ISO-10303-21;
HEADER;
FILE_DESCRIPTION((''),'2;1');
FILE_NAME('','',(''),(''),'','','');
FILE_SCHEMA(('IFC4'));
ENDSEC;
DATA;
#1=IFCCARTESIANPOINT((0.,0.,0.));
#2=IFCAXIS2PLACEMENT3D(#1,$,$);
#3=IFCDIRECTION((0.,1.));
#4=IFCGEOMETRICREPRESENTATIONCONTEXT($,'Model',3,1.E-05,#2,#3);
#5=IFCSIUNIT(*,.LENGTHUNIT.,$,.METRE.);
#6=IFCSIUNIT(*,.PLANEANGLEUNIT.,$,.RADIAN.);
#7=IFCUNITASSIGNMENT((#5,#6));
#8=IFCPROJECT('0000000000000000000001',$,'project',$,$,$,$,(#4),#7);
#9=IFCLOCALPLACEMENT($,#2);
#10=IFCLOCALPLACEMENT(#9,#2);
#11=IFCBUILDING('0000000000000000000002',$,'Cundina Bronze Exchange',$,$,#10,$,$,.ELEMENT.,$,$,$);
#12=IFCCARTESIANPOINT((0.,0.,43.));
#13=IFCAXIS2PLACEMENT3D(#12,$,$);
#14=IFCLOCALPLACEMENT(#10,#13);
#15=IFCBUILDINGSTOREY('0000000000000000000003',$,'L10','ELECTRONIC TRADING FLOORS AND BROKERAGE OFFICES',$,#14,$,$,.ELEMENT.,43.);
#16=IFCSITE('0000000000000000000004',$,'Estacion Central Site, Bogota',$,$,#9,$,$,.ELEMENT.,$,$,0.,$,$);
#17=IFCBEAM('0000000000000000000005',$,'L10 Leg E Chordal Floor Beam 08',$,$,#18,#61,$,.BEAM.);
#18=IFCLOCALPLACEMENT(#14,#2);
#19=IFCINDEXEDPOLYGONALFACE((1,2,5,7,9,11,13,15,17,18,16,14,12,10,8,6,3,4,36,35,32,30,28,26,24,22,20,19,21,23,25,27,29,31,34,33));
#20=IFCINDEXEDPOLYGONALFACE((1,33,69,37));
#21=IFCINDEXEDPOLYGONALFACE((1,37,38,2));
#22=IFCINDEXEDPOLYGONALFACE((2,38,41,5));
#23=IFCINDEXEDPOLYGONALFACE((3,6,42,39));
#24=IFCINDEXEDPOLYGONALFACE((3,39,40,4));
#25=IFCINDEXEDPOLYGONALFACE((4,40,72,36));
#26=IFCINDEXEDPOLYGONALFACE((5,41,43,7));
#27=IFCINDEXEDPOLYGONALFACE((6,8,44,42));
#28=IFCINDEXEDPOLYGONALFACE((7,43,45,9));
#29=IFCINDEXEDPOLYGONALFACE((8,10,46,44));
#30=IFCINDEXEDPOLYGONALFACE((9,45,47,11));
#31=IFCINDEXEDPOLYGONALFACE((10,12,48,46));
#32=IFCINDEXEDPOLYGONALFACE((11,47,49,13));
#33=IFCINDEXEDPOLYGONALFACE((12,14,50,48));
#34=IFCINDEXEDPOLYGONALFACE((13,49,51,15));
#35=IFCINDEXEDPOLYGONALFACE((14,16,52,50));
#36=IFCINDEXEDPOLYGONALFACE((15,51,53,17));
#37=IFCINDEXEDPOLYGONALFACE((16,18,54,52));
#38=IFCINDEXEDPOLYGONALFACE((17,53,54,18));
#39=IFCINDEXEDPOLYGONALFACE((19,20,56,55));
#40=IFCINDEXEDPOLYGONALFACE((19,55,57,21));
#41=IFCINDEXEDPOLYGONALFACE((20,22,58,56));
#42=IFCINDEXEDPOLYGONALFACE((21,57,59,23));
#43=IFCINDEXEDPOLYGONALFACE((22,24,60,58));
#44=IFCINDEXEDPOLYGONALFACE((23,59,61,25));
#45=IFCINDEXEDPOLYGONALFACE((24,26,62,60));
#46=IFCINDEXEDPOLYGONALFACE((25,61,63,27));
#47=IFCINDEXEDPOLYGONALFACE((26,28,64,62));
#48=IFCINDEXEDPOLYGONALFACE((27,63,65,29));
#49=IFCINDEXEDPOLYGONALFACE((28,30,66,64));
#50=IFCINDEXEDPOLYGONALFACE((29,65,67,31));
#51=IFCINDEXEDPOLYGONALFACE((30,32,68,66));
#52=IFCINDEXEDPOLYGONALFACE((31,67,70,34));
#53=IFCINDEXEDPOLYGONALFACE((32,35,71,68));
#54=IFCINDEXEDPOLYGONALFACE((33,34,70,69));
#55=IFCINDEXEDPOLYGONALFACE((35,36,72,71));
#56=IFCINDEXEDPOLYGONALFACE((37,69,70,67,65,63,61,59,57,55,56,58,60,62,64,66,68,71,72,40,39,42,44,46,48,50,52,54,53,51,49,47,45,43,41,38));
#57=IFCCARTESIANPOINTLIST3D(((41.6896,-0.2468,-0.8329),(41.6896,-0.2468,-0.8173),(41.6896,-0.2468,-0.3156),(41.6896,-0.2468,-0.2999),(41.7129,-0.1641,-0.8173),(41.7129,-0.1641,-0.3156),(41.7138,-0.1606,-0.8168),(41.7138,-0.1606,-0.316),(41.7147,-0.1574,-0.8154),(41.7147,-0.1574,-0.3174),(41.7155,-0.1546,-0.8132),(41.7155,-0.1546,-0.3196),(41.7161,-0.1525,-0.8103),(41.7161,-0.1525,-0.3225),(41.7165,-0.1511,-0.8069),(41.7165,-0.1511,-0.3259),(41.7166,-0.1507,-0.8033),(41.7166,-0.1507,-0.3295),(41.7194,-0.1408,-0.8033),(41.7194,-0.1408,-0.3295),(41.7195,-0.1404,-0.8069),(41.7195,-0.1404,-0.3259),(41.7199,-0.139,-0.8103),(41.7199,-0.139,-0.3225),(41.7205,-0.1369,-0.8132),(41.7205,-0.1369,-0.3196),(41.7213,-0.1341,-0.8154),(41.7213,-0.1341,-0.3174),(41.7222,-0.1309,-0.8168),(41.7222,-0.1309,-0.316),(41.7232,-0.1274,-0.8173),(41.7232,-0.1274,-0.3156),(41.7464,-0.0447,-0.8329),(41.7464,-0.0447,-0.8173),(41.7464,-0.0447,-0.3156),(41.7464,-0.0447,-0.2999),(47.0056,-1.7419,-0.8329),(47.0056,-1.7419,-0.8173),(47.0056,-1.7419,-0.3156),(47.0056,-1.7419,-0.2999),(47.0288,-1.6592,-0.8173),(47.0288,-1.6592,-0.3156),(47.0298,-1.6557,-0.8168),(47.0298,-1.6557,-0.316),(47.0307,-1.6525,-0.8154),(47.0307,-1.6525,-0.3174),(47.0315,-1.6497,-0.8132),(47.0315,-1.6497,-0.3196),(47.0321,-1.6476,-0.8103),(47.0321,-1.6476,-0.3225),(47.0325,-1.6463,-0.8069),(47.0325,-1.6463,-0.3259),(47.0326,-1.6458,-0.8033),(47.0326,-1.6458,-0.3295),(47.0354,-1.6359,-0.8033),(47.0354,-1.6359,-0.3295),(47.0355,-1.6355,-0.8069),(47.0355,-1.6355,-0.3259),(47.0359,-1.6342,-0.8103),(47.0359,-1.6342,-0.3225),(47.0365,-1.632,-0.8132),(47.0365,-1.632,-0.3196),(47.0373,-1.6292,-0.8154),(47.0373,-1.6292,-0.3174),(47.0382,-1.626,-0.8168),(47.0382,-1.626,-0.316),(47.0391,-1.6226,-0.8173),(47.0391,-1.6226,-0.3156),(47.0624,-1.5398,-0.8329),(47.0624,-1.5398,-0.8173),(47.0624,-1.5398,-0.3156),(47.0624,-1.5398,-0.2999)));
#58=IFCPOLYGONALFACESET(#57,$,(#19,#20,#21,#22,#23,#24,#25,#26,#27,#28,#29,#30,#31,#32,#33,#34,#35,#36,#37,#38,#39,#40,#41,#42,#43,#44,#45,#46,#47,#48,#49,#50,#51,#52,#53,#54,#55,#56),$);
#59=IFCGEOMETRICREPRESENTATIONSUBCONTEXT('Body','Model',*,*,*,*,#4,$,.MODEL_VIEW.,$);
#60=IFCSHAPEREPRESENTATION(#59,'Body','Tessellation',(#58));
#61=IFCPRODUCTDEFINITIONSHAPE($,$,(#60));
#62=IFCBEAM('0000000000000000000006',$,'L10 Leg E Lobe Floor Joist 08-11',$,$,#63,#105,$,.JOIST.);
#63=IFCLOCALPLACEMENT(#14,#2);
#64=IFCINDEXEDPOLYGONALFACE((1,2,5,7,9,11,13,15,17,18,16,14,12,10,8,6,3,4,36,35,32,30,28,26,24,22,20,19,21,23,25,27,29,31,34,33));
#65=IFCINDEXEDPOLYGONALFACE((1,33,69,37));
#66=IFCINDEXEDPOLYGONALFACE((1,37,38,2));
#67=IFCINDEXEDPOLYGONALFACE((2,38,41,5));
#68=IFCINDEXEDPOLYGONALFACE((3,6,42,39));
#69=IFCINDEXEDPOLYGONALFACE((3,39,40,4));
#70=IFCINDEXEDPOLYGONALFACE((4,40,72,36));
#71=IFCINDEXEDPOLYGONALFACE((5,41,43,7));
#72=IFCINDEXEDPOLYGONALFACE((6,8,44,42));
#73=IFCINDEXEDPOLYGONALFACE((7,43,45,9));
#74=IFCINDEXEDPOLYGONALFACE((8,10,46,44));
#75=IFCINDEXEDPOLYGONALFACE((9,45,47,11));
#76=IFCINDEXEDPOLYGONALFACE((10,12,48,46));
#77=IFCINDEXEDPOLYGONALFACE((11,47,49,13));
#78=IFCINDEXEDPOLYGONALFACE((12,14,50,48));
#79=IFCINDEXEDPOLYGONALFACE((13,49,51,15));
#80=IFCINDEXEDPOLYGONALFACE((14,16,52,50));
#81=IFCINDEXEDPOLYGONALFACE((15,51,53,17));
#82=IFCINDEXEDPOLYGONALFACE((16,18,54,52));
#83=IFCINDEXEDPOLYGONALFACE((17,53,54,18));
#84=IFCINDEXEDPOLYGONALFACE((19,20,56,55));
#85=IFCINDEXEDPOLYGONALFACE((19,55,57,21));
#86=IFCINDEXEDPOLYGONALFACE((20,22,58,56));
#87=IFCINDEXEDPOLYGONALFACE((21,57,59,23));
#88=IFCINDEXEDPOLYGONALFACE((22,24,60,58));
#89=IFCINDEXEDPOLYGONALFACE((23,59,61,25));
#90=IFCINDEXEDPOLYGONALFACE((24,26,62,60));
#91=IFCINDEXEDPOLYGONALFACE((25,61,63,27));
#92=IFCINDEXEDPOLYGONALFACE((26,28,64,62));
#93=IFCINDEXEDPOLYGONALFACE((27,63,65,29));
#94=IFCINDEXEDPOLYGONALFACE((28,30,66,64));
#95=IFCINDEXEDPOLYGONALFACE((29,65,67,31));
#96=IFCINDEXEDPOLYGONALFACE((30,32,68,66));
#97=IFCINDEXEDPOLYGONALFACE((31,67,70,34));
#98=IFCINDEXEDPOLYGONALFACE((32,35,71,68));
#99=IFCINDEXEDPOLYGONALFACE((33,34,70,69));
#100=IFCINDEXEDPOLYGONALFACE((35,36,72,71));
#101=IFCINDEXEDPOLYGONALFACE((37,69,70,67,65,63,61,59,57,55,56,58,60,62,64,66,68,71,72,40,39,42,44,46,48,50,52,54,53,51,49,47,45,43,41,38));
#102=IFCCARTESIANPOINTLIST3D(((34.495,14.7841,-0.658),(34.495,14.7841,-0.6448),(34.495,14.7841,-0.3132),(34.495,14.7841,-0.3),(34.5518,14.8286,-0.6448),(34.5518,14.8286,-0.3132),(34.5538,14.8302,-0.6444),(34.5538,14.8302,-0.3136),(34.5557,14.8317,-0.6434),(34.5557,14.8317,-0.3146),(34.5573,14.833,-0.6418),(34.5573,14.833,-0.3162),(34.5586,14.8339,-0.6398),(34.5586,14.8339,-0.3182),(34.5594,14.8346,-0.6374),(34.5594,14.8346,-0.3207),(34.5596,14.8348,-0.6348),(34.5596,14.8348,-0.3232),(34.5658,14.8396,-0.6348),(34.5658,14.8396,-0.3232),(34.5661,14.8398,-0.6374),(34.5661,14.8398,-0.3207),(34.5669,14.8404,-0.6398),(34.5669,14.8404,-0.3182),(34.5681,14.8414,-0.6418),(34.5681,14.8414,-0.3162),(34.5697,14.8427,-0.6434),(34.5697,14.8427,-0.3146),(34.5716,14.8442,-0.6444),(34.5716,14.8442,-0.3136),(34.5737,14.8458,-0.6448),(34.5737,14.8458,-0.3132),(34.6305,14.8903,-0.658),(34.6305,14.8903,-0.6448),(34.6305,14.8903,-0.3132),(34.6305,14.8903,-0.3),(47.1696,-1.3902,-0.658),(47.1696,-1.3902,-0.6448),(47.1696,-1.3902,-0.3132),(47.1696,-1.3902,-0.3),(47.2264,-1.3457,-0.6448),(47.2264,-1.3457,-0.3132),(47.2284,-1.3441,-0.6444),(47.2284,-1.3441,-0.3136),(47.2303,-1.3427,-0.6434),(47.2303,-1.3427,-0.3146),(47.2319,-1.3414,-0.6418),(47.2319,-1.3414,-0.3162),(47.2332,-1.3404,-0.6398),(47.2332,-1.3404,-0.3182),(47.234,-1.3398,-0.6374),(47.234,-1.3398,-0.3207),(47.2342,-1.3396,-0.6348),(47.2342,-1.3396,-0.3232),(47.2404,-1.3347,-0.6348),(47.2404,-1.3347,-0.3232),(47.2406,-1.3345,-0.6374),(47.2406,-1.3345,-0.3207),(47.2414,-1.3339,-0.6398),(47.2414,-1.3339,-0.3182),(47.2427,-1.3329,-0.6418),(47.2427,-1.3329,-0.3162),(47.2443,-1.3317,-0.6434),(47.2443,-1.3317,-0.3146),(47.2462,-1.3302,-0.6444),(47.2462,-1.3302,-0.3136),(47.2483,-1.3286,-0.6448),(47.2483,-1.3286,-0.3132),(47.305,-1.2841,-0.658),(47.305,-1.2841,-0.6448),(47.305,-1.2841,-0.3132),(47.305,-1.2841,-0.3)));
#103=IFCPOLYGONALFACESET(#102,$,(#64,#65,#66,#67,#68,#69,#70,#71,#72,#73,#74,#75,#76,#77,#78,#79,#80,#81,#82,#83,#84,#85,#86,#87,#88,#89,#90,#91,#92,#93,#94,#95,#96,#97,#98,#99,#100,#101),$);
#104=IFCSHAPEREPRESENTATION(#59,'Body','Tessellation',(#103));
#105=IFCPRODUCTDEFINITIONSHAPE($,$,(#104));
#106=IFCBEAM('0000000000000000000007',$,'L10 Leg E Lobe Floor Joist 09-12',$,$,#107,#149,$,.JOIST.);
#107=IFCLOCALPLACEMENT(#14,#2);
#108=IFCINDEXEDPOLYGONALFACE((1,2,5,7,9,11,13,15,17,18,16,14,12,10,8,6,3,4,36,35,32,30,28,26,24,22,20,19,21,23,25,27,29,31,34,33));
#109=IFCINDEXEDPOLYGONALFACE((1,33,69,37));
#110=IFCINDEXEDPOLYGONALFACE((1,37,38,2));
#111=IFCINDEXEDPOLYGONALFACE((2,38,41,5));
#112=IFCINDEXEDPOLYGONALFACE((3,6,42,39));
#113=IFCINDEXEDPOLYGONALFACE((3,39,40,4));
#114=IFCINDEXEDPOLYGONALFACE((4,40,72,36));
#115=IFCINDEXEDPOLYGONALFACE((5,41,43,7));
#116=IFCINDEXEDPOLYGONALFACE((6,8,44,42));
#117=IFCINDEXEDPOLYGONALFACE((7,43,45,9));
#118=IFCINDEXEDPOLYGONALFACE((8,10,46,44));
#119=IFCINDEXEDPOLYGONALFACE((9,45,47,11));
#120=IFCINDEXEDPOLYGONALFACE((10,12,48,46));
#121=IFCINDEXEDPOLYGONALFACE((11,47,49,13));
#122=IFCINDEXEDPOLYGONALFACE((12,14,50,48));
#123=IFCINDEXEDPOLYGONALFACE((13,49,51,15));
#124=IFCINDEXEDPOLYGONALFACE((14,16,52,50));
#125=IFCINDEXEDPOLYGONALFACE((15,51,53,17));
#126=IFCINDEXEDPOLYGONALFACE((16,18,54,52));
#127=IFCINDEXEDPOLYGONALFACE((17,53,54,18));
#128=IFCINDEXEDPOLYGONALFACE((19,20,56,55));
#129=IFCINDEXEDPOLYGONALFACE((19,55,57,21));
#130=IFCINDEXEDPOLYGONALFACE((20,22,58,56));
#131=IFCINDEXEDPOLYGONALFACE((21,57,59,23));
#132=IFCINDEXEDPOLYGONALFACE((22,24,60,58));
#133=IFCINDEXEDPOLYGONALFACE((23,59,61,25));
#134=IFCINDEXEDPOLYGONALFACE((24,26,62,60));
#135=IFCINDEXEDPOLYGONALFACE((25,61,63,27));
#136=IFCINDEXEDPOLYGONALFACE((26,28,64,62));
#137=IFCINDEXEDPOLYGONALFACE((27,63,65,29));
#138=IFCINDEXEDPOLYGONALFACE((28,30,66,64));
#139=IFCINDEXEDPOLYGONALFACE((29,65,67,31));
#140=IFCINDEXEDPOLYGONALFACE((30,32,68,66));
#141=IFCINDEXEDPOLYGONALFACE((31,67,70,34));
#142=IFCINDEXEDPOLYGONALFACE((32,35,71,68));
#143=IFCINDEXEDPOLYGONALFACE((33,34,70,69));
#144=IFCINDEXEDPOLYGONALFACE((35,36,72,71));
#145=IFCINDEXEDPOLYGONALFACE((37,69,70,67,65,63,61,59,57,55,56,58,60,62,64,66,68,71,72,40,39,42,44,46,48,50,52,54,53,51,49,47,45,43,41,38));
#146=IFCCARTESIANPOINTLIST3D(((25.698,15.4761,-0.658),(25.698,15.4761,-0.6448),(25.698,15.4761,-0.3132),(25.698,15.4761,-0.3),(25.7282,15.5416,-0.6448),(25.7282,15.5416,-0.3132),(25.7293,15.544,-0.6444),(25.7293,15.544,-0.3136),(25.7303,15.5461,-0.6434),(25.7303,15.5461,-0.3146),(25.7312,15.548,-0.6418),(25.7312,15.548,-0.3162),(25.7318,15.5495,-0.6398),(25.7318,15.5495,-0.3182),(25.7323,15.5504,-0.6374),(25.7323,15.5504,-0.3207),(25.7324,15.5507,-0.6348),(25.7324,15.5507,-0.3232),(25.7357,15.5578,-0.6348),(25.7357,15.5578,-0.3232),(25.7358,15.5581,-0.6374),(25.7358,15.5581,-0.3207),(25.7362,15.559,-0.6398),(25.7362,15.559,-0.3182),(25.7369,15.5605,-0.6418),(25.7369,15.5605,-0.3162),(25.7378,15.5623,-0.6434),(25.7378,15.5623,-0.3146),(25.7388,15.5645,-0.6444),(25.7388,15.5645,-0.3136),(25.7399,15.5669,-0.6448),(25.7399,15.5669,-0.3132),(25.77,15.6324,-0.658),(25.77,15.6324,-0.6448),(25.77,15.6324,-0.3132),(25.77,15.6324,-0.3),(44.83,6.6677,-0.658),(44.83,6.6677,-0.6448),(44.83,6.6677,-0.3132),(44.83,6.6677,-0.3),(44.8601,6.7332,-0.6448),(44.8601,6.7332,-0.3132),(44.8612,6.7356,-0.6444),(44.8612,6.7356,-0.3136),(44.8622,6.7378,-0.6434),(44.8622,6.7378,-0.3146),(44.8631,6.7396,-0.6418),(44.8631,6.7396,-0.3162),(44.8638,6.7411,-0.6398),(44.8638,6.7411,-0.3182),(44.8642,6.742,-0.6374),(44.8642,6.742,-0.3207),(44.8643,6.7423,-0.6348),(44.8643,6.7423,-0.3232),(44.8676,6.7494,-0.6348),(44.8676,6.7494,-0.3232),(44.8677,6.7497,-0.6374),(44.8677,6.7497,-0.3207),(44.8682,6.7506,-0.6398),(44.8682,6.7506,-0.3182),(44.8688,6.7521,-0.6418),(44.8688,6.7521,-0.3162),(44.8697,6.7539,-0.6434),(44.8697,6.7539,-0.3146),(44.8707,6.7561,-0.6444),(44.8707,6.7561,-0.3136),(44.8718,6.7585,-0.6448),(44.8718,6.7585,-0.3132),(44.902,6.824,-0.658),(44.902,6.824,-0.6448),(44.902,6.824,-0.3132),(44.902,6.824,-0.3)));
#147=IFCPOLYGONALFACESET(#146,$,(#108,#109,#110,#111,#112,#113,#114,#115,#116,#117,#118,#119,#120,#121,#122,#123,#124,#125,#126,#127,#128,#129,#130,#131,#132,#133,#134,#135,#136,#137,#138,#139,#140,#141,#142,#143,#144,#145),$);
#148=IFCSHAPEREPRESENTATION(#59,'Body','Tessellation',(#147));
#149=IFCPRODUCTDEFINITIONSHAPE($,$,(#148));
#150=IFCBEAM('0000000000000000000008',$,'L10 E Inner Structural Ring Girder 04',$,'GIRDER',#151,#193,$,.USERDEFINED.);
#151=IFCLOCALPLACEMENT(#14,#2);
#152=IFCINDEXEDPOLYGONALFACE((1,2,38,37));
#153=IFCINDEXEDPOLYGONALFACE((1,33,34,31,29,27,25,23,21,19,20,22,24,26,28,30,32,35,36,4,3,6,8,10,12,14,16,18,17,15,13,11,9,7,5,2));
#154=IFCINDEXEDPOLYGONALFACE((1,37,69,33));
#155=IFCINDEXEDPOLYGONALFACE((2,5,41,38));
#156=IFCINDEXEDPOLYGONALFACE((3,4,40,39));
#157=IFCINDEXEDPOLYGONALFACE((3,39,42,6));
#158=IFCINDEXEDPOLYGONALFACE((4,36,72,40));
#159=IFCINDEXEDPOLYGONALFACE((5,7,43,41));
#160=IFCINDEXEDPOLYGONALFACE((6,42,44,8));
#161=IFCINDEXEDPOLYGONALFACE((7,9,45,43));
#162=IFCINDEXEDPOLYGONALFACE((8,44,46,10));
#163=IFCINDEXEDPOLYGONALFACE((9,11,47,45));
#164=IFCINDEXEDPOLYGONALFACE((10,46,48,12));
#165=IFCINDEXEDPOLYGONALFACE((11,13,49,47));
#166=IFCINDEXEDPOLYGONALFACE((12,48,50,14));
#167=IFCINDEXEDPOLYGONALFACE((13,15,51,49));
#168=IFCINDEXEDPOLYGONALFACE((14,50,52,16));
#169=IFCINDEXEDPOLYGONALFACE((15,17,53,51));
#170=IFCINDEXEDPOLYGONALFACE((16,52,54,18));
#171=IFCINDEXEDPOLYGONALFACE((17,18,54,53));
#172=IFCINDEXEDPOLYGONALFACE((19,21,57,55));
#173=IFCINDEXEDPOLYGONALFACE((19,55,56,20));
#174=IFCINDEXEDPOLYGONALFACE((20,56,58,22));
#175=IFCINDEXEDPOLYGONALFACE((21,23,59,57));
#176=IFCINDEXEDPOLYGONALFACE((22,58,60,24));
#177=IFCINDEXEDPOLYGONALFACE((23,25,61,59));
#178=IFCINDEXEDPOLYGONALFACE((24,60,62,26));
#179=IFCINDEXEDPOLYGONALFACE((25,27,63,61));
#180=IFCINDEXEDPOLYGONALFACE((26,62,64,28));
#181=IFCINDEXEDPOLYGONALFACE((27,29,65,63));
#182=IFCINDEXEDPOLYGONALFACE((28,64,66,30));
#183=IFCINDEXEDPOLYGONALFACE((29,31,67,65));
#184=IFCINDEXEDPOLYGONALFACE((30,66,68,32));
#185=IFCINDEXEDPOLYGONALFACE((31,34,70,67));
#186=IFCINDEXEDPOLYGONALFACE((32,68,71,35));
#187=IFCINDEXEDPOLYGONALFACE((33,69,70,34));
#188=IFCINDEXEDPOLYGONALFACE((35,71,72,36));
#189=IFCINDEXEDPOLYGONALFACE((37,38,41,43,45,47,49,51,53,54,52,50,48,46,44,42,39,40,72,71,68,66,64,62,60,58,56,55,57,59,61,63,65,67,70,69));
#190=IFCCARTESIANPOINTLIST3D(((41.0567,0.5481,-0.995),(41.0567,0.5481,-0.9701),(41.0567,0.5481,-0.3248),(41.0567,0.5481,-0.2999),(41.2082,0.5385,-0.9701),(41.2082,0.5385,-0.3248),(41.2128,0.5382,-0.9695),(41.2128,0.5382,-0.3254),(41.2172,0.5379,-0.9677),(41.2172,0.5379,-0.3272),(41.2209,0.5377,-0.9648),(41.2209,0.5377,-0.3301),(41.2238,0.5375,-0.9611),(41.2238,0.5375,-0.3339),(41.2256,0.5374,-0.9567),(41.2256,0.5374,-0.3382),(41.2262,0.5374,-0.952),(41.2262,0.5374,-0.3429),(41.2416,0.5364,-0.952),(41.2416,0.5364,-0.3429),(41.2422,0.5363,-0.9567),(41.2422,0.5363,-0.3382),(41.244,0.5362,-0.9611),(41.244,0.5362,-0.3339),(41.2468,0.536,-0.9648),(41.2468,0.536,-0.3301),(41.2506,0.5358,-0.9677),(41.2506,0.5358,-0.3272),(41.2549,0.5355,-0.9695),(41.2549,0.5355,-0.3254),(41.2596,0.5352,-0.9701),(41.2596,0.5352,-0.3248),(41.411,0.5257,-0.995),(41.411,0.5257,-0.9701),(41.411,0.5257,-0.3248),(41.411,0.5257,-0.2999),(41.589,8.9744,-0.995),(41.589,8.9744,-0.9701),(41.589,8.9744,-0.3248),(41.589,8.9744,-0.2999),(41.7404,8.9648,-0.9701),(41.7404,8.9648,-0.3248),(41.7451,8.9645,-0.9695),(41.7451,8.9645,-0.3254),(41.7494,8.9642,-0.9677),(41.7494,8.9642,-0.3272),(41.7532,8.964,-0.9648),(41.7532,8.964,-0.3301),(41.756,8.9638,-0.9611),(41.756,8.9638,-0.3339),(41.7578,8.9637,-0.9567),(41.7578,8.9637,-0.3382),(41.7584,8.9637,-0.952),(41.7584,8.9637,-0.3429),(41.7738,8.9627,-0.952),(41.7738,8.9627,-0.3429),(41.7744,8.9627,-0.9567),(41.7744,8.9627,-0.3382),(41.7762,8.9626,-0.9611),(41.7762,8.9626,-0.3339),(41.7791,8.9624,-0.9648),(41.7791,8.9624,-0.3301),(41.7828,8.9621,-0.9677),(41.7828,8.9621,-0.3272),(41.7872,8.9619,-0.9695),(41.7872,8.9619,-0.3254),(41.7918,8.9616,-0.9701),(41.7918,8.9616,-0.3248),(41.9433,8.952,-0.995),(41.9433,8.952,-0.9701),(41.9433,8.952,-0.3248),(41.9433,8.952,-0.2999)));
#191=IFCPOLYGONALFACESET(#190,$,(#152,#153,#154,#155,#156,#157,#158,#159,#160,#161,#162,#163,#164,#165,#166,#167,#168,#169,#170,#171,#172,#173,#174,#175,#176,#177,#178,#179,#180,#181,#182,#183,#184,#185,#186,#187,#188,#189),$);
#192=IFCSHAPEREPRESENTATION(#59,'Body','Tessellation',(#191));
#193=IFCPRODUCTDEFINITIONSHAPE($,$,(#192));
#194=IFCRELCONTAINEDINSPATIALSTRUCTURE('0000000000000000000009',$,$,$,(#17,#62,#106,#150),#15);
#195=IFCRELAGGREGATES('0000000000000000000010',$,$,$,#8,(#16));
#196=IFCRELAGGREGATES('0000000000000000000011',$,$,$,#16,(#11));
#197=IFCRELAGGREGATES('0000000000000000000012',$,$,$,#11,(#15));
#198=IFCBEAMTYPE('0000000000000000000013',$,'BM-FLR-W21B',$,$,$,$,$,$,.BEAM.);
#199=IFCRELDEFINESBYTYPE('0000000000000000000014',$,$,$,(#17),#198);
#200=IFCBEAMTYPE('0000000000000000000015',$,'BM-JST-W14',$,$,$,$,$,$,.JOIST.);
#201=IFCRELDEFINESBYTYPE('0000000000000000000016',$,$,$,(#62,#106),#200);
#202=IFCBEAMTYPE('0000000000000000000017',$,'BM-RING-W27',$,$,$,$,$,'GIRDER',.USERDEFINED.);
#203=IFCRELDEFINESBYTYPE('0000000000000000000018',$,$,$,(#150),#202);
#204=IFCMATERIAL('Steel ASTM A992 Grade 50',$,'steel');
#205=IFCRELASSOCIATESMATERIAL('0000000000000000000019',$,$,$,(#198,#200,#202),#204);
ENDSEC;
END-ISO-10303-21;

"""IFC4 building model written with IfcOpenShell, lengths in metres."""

from ifc_helpers import new_model, si_unit, direction, frame, origin, origin_2d, place, context, subcontext, project, spatial, i_section, extrude, material, material_profile, profile_set, type_object, element, save


model = new_model("IFC4")

# Units and contexts
model_context = context("Model", 3, precision=1e-05, world=origin(), true_north=direction((0.0, 1.0)))
body_context = subcontext(model_context, "Body", "Model", "MODEL_VIEW")
ifc_project = project(units=[si_unit("LENGTHUNIT", "METRE"), si_unit("PLANEANGLEUNIT", "RADIAN")], contexts=[model_context])

# Site, building, storey
site_placement = place(None, origin())
site = spatial("IfcSite", under=ifc_project, at=site_placement, Name="Estacion Central Site, Bogota", CompositionType="ELEMENT", RefElevation=0.0)
building_placement = place(site_placement, origin())
building = spatial("IfcBuilding", under=site, at=building_placement, Name="Cundina Bronze Exchange", CompositionType="ELEMENT")
storey_placement = place(building_placement, frame((0.0, 0.0, 43.0)))
storey = spatial("IfcBuildingStorey", under=building, at=storey_placement, Name="L10", Description="ELECTRONIC TRADING FLOORS AND BROKERAGE OFFICES", CompositionType="ELEMENT", Elevation=43.0)

# Shared definitions
ifc_material_1 = material(Name="Steel ASTM A992 Grade 50", Category="steel")

# Beams
ifc_material_profile_1 = material_profile(ifc_material_1, i_section(OverallWidth=0.21, OverallDepth=0.533, WebThickness=0.0103, FlangeThickness=0.0156, FilletRadius=0.0139, at=origin_2d()), Name="W21X62", Category="steel")
ifc_profile_set_1 = profile_set([ifc_material_profile_1], Name="Steel ASTM A992 Grade 50")
beam_type_1 = type_object("IfcBeamType", Name="BM-FLR-W21B", PredefinedType="BEAM", material=ifc_profile_set_1)
beam_1_placement = place(storey_placement, frame((41.718, -0.1458, -0.5664), z_axis=(0.96265, -0.270748, 0.0), x_axis=(0.270748, 0.96265, 0.0)))
element("IfcBeam", 1, at=beam_1_placement, inside=storey, type_object=beam_type_1, Name="L10 Leg E Chordal Floor Beam 08", PredefinedType="BEAM", context=body_context, shape_type="SweptSolid", body=[
    extrude(i_section(OverallWidth=0.21, OverallDepth=0.533, WebThickness=0.0103, FlangeThickness=0.0156, FilletRadius=0.0139, at=origin_2d()), origin(), (0.0, 0.0, 1.0), 5.5222),
])
ifc_material_profile_2 = material_profile(ifc_material_1, i_section(OverallWidth=0.1721, OverallDepth=0.3579, WebThickness=0.0078, FlangeThickness=0.0132, FilletRadius=0.01, at=origin_2d()), Name="W14X38", Category="steel")
ifc_profile_set_2 = profile_set([ifc_material_profile_2], Name="Steel ASTM A992 Grade 50")
beam_type_2 = type_object("IfcBeamType", Name="BM-JST-W14", PredefinedType="JOIST", material=ifc_profile_set_2)
beam_2_placement = place(storey_placement, frame((47.2373, -1.3372, -0.479), z_axis=(-0.616803, 0.787117, 0.0), x_axis=(-0.787117, -0.616803, 0.0)))
element("IfcBeam", 2, at=beam_2_placement, inside=storey, type_object=beam_type_2, Name="L10 Leg E Lobe Floor Joist 08-11", PredefinedType="JOIST", context=body_context, shape_type="SweptSolid", body=[
    extrude(i_section(OverallWidth=0.1721, OverallDepth=0.3579, WebThickness=0.0078, FlangeThickness=0.0132, FilletRadius=0.01, at=origin_2d()), origin(), (0.0, 0.0, 1.0), 20.5488),
])
beam_3_placement = place(storey_placement, frame((44.866, 6.7458, -0.479), z_axis=(-0.908352, 0.418208, 0.0), x_axis=(-0.418208, -0.908352, 0.0)))
element("IfcBeam", 3, at=beam_3_placement, inside=storey, type_object=beam_type_2, Name="L10 Leg E Lobe Floor Joist 09-12", PredefinedType="JOIST", context=body_context, shape_type="SweptSolid", body=[
    extrude(i_section(OverallWidth=0.1721, OverallDepth=0.3579, WebThickness=0.0078, FlangeThickness=0.0132, FilletRadius=0.01, at=origin_2d()), origin(), (0.0, 0.0, 1.0), 21.0623),
])
ifc_material_profile_3 = material_profile(ifc_material_1, i_section(OverallWidth=0.355, OverallDepth=0.6951, WebThickness=0.0154, FlangeThickness=0.0249, FilletRadius=0.0181, at=origin_2d()), Name="W27X146", Category="steel")
ifc_profile_set_3 = profile_set([ifc_material_profile_3], Name="Steel ASTM A992 Grade 50")
beam_type_3 = type_object("IfcBeamType", Name="BM-RING-W27", ElementType="GIRDER", PredefinedType="USERDEFINED", material=ifc_profile_set_3)
beam_4_placement = place(storey_placement, frame((41.2339, 0.5369, -0.6475), z_axis=(0.063037, 0.998011, 0.0), x_axis=(-0.998011, 0.063037, 0.0)))
element("IfcBeam", 4, at=beam_4_placement, inside=storey, type_object=beam_type_3, Name="L10 E Inner Structural Ring Girder 04", ObjectType="GIRDER", PredefinedType="USERDEFINED", context=body_context, shape_type="SweptSolid", body=[
    extrude(i_section(OverallWidth=0.355, OverallDepth=0.6951, WebThickness=0.0154, FlangeThickness=0.0249, FilletRadius=0.0181, at=origin_2d()), origin(), (0.0, 0.0, 1.0), 8.4431),
])

save(model, "model.ifc")
